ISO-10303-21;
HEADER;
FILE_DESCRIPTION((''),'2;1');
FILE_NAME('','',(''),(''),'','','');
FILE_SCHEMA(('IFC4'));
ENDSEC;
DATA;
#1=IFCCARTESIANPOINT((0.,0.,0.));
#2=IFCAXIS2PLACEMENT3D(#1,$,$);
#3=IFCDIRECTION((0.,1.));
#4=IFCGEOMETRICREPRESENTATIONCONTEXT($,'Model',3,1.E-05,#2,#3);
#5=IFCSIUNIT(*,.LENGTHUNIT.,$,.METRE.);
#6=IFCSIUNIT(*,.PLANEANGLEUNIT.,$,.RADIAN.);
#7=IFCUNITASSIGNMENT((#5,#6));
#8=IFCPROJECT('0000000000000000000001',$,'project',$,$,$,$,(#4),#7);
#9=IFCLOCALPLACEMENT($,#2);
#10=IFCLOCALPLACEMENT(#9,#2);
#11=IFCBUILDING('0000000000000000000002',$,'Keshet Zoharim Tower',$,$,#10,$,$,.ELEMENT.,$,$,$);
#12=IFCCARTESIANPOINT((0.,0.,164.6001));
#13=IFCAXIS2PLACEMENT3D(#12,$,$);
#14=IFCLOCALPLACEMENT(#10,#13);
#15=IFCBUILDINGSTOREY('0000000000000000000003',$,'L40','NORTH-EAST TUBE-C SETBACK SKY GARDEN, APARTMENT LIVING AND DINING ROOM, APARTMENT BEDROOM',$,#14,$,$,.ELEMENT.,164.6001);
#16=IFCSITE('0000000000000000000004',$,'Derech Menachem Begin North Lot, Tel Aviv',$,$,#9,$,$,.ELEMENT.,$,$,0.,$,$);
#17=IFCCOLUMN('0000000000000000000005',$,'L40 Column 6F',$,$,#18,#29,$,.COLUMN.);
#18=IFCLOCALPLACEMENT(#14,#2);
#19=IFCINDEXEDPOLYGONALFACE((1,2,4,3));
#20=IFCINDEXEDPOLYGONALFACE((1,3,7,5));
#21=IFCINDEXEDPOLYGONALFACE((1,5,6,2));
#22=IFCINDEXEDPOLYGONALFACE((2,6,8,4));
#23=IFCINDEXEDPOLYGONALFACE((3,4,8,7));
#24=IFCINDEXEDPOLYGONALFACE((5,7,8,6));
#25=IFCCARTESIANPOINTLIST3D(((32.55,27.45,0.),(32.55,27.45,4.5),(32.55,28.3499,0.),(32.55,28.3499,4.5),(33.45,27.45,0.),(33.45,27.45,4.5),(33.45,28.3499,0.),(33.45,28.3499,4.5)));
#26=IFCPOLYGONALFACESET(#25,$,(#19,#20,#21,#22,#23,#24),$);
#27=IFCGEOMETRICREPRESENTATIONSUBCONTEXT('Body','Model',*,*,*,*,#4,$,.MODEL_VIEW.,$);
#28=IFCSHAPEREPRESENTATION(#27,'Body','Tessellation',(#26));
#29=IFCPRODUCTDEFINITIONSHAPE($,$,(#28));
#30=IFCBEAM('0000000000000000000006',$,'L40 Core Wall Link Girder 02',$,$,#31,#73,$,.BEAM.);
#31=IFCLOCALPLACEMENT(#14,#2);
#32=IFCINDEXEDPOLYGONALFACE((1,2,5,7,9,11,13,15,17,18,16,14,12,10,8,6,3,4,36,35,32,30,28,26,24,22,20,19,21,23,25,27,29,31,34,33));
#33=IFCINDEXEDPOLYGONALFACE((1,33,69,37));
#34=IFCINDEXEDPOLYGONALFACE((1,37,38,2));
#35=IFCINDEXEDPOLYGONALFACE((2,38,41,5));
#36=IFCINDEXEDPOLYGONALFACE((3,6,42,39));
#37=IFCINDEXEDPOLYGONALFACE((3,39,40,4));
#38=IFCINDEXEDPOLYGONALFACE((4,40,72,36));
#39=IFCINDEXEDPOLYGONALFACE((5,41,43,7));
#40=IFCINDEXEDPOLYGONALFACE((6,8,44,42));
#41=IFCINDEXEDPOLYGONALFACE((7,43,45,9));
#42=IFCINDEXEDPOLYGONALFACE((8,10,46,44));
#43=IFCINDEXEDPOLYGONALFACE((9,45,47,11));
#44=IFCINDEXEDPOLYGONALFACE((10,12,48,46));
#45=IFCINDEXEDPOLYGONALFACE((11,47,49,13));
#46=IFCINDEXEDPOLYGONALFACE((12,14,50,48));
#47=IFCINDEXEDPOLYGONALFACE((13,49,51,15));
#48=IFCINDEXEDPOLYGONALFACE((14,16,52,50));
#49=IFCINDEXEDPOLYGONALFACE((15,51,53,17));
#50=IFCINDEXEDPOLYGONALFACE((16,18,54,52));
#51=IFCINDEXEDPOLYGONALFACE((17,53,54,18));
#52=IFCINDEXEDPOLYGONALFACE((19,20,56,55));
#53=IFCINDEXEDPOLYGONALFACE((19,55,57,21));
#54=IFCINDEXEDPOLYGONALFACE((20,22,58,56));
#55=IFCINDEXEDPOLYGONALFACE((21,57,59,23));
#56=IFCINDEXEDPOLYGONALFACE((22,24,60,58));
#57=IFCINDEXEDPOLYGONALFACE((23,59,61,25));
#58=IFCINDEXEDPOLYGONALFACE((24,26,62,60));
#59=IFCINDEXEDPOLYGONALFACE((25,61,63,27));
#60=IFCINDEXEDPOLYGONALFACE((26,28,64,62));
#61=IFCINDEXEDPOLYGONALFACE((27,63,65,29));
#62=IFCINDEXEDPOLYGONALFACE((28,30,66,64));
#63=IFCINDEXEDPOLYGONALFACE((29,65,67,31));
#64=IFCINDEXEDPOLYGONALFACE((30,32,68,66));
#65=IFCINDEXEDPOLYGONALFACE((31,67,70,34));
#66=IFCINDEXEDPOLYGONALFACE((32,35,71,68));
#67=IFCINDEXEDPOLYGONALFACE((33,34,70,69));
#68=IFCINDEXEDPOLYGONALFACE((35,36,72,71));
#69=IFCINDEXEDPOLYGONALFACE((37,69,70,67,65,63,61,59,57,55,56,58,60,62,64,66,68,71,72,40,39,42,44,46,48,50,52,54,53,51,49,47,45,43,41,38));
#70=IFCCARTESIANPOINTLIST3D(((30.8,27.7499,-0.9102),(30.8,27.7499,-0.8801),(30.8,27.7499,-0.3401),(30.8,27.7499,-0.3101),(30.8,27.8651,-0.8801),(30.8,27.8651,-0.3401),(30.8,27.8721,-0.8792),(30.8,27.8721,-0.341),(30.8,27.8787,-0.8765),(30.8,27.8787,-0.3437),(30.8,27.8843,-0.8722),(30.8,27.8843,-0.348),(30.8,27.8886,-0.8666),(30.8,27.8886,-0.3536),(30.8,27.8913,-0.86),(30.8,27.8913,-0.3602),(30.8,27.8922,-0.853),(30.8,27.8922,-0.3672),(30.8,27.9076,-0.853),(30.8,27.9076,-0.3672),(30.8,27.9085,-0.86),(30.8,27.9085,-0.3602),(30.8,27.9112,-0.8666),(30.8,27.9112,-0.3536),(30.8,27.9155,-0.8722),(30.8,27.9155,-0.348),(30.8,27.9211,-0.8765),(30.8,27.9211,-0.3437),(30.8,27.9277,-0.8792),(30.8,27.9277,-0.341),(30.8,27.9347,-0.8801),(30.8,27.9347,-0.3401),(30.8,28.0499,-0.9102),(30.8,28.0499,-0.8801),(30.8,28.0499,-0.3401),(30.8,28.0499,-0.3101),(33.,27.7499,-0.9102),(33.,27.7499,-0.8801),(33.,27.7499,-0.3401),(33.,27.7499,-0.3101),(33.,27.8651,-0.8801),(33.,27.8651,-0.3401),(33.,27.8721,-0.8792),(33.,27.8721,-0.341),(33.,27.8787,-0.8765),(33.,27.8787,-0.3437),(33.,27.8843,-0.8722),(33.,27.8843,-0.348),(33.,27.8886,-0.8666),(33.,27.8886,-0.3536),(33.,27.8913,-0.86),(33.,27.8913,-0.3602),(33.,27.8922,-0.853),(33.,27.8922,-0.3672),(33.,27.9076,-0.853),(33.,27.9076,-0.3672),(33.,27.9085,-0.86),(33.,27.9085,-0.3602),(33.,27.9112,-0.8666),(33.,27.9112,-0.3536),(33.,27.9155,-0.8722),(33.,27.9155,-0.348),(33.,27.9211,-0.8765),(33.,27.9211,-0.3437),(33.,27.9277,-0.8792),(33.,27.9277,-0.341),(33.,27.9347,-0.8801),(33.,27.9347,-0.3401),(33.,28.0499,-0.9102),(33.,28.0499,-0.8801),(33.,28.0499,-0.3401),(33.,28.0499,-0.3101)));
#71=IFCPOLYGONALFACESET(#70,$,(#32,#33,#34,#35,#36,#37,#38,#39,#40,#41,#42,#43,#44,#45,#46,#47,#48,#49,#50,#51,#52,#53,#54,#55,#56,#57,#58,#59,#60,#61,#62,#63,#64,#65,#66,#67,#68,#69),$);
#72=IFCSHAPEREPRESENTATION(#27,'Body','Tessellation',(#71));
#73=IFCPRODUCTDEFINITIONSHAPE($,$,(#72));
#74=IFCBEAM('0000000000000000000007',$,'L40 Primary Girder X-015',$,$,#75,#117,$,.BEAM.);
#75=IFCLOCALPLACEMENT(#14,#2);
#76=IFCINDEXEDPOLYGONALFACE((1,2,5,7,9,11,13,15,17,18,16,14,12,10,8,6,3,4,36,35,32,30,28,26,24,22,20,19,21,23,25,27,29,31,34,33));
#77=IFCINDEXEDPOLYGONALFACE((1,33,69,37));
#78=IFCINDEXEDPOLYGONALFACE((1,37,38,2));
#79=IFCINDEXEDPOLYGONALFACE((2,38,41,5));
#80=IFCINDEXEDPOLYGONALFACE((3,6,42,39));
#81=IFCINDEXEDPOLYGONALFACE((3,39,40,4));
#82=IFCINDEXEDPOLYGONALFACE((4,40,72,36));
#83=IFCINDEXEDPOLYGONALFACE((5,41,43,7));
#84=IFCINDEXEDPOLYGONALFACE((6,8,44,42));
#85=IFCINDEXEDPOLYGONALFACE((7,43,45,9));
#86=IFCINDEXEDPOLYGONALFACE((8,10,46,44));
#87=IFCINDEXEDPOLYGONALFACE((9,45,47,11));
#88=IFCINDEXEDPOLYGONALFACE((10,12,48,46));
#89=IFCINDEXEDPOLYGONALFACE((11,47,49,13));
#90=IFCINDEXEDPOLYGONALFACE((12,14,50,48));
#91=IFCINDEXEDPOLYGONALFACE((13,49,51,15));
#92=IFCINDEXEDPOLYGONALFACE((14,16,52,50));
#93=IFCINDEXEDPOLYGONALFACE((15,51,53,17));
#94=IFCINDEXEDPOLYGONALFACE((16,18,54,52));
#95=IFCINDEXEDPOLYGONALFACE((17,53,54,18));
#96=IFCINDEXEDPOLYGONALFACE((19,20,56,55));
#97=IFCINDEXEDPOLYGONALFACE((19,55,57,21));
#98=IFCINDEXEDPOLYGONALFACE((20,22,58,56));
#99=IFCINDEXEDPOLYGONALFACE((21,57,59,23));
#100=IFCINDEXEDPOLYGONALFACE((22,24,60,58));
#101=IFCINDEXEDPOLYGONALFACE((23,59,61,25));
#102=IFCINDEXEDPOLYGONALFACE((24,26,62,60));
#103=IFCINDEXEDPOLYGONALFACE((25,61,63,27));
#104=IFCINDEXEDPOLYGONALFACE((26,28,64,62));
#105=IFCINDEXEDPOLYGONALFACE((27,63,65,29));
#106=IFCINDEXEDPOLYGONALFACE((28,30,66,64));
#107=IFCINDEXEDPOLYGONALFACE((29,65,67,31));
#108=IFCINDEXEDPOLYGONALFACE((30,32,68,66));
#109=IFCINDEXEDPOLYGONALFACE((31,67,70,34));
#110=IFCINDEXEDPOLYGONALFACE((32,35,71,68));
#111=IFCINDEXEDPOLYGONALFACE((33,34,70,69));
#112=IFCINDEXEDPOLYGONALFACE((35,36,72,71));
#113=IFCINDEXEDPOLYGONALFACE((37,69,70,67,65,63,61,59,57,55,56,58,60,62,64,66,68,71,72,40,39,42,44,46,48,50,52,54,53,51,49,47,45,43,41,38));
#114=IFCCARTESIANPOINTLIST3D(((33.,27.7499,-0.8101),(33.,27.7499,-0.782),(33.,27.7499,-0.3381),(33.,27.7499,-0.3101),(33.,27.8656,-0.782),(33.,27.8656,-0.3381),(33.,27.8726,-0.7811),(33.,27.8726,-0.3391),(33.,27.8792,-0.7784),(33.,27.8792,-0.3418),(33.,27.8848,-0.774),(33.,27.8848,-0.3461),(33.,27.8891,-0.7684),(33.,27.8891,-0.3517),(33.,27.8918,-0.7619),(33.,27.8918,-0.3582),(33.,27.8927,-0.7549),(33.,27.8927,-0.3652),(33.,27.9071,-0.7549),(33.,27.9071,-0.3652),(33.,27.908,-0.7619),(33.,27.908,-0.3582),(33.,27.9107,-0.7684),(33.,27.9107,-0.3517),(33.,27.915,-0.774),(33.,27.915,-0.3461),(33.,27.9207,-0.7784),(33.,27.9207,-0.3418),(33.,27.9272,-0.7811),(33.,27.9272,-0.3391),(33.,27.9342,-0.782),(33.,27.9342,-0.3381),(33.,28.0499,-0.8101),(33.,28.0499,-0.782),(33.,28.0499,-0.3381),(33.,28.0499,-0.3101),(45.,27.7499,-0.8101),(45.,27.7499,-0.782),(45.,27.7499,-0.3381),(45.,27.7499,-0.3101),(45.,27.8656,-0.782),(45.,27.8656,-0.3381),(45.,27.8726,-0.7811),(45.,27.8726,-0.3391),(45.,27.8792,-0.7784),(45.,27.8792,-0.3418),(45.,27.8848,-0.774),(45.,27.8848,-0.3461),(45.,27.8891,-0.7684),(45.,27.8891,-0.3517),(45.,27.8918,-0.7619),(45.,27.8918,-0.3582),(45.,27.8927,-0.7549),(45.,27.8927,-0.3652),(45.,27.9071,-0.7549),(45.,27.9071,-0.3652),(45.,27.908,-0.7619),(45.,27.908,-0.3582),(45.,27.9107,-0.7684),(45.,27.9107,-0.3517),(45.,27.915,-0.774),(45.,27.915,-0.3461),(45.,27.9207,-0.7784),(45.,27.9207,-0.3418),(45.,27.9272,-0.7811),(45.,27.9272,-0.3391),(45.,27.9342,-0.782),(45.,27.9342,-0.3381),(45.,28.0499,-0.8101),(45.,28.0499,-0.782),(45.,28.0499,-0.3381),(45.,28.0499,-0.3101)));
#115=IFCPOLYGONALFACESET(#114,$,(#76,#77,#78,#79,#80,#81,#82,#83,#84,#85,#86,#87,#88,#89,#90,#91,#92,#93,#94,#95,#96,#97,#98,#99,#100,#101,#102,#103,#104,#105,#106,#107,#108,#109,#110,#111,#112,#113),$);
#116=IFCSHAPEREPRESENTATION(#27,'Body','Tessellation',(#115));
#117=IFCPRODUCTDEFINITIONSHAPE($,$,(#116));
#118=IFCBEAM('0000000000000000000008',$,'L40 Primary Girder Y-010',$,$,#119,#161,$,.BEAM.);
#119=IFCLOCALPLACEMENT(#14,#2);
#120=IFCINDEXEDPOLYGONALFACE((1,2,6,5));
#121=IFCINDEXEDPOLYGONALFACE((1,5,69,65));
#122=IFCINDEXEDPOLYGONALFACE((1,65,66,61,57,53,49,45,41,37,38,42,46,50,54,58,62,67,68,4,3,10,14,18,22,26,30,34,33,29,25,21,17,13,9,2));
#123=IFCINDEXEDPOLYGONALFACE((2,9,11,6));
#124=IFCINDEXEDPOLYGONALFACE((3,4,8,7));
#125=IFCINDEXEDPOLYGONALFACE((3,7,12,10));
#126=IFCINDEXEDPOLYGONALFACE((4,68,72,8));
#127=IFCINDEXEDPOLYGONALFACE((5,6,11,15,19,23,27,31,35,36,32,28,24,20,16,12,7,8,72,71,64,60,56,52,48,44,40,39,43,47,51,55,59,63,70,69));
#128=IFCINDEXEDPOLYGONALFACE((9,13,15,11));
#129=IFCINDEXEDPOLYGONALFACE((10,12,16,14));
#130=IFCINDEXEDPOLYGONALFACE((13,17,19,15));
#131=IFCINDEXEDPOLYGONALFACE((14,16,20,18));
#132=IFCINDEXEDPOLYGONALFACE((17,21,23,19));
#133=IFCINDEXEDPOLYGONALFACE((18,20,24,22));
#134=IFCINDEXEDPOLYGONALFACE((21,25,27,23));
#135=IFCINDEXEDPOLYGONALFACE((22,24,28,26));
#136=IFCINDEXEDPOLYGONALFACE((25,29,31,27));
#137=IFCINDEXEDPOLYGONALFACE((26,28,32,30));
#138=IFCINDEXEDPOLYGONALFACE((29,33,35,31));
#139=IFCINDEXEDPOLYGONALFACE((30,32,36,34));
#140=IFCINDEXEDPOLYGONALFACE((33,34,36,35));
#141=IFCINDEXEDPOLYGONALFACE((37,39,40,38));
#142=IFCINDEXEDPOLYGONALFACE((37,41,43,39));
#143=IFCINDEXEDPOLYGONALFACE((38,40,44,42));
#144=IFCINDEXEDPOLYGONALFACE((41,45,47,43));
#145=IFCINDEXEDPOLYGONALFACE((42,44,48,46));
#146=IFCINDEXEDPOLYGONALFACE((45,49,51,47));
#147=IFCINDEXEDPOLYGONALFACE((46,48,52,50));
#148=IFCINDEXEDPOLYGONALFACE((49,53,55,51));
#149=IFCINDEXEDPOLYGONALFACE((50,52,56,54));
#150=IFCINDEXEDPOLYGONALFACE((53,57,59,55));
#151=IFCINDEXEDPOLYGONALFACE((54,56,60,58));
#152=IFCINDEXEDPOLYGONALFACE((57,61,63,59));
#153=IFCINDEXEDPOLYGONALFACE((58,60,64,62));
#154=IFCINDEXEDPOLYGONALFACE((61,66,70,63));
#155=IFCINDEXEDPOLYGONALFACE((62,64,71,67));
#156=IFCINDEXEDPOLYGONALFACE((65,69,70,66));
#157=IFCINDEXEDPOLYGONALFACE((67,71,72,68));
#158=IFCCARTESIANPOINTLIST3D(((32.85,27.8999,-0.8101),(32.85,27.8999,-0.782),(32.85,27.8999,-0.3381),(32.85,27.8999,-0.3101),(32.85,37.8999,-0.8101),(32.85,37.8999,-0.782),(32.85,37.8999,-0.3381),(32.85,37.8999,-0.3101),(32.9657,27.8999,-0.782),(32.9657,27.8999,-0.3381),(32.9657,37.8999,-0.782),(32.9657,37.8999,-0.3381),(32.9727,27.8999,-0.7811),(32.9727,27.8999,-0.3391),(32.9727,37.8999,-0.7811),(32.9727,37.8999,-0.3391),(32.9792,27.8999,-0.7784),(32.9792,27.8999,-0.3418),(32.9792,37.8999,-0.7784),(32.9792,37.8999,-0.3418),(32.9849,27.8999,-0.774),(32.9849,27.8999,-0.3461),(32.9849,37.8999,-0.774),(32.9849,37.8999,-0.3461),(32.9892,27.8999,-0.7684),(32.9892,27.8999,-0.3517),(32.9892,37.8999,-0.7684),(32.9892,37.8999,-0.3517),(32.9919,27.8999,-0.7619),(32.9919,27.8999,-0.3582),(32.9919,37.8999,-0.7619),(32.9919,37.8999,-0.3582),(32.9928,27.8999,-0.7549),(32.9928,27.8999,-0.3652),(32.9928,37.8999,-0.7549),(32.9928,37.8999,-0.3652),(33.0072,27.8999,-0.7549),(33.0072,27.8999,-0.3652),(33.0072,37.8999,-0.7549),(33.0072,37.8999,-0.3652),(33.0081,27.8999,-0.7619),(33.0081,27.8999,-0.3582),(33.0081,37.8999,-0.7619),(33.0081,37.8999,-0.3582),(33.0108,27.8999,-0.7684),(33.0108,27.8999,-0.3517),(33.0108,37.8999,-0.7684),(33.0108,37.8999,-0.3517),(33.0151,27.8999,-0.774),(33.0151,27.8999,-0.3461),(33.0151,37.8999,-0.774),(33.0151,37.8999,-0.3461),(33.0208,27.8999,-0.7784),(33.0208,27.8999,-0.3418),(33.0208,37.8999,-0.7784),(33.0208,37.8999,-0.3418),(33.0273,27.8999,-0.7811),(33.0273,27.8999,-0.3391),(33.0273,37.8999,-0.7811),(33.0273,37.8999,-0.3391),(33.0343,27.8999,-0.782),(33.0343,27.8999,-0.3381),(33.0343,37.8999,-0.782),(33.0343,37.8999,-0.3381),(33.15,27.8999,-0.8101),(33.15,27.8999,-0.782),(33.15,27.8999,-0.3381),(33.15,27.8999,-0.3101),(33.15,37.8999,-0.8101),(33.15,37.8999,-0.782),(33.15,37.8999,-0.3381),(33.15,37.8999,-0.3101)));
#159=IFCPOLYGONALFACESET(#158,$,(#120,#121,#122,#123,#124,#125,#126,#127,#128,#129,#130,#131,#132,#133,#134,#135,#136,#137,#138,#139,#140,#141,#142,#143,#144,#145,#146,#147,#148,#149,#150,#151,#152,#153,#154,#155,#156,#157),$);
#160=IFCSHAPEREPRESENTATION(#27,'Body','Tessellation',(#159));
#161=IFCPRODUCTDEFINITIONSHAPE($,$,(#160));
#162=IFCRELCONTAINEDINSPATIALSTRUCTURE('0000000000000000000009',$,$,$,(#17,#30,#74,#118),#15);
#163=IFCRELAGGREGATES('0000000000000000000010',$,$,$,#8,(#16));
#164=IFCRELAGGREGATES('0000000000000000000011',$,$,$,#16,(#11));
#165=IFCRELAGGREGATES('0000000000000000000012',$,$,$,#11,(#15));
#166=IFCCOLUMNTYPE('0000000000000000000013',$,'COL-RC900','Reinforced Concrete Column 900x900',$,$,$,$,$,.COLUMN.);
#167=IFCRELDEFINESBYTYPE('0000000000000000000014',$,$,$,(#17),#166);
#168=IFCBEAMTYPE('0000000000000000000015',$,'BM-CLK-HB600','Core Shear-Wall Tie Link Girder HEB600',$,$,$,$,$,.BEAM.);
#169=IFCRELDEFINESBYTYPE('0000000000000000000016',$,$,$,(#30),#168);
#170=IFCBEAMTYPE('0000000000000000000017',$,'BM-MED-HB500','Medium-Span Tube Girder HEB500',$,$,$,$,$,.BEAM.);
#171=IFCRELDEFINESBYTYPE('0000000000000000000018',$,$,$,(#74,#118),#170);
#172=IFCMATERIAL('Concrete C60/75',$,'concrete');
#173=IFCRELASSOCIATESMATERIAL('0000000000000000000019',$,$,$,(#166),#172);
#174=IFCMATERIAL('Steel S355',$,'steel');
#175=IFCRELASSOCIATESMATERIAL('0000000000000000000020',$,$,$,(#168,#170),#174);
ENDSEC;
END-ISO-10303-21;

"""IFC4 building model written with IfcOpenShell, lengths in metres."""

from ifc_helpers import new_model, si_unit, direction, frame, origin, origin_2d, place, context, subcontext, project, spatial, rectangle, i_section, extrude, material, material_profile, profile_set, type_object, element, save


model = new_model("IFC4")

# Units and contexts
model_context = context("Model", 3, precision=1e-05, world=origin(), true_north=direction((0.0, 1.0)))
body_context = subcontext(model_context, "Body", "Model", "MODEL_VIEW")
ifc_project = project(units=[si_unit("LENGTHUNIT", "METRE"), si_unit("PLANEANGLEUNIT", "RADIAN")], contexts=[model_context])

# Site, building, storey
site_placement = place(None, origin())
site = spatial("IfcSite", under=ifc_project, at=site_placement, Name="Derech Menachem Begin North Lot, Tel Aviv", CompositionType="ELEMENT", RefElevation=0.0)
building_placement = place(site_placement, origin())
building = spatial("IfcBuilding", under=site, at=building_placement, Name="Keshet Zoharim Tower", CompositionType="ELEMENT")
storey_placement = place(building_placement, frame((0.0, 0.0, 164.6001)))
storey = spatial("IfcBuildingStorey", under=building, at=storey_placement, Name="L40", Description="NORTH-EAST TUBE-C SETBACK SKY GARDEN, APARTMENT LIVING AND DINING ROOM, APARTMENT BEDROOM", CompositionType="ELEMENT", Elevation=164.6001)

# Column
ifc_material_1 = material(Name="Concrete C60/75", Category="concrete")
ifc_material_profile_1 = material_profile(ifc_material_1, rectangle(XDim=0.8999, YDim=0.8999, at=origin_2d()), Name="RC900x900")
ifc_profile_set_1 = profile_set([ifc_material_profile_1], Name="Concrete C60/75")
column_type = type_object("IfcColumnType", Name="COL-RC900", Description="Reinforced Concrete Column 900x900", PredefinedType="COLUMN", material=ifc_profile_set_1)
column_placement = place(storey_placement, frame((33.0, 27.8999, 0.0), z_axis=(0.0, 0.0, 1.0), x_axis=(1.0, 0.0, 0.0)))
element("IfcColumn", 1, at=column_placement, inside=storey, type_object=column_type, Name="L40 Column 6F", PredefinedType="COLUMN", context=body_context, shape_type="SweptSolid", body=[
    extrude(rectangle(XDim=0.8999, YDim=0.8999, at=origin_2d()), origin(), (0.0, 0.0, 1.0), 4.5),
])

# Beams
ifc_material_2 = material(Name="Steel S355", Category="steel")
ifc_material_profile_2 = material_profile(ifc_material_2, i_section(OverallWidth=0.3, OverallDepth=0.6001, WebThickness=0.0154, FlangeThickness=0.03, FilletRadius=0.0271, at=origin_2d()), Name="HEB600")
ifc_profile_set_2 = profile_set([ifc_material_profile_2], Name="Steel S355")
beam_type_1 = type_object("IfcBeamType", Name="BM-CLK-HB600", Description="Core Shear-Wall Tie Link Girder HEB600", PredefinedType="BEAM", material=ifc_profile_set_2)
beam_1_placement = place(storey_placement, frame((30.8, 27.8999, -0.6101), z_axis=(1.0, 0.0, 0.0), x_axis=(0.0, 1.0, 0.0)))
element("IfcBeam", 2, at=beam_1_placement, inside=storey, type_object=beam_type_1, Name="L40 Core Wall Link Girder 02", PredefinedType="BEAM", context=body_context, shape_type="SweptSolid", body=[
    extrude(i_section(OverallWidth=0.3, OverallDepth=0.6001, WebThickness=0.0154, FlangeThickness=0.03, FilletRadius=0.0271, at=origin_2d()), origin(), (0.0, 0.0, 1.0), 2.2),
])
ifc_material_profile_3 = material_profile(ifc_material_2, i_section(OverallWidth=0.3, OverallDepth=0.5, WebThickness=0.0144, FlangeThickness=0.0281, FilletRadius=0.0271, at=origin_2d()), Name="HEB500")
ifc_profile_set_3 = profile_set([ifc_material_profile_3], Name="Steel S355")
beam_type_2 = type_object("IfcBeamType", Name="BM-MED-HB500", Description="Medium-Span Tube Girder HEB500", PredefinedType="BEAM", material=ifc_profile_set_3)
beam_2_placement = place(storey_placement, frame((33.0, 27.8999, -0.5601), z_axis=(1.0, 0.0, 0.0), x_axis=(0.0, 1.0, 0.0)))
element("IfcBeam", 3, at=beam_2_placement, inside=storey, type_object=beam_type_2, Name="L40 Primary Girder X-015", PredefinedType="BEAM", context=body_context, shape_type="SweptSolid", body=[
    extrude(i_section(OverallWidth=0.3, OverallDepth=0.5, WebThickness=0.0144, FlangeThickness=0.0281, FilletRadius=0.0271, at=origin_2d()), origin(), (0.0, 0.0, 1.0), 12.0),
])
beam_3_placement = place(storey_placement, frame((33.0, 27.8999, -0.5601), z_axis=(0.0, 1.0, 0.0), x_axis=(-1.0, 0.0, 0.0)))
element("IfcBeam", 4, at=beam_3_placement, inside=storey, type_object=beam_type_2, Name="L40 Primary Girder Y-010", PredefinedType="BEAM", context=body_context, shape_type="SweptSolid", body=[
    extrude(i_section(OverallWidth=0.3, OverallDepth=0.5, WebThickness=0.0144, FlangeThickness=0.0281, FilletRadius=0.0271, at=origin_2d()), origin(), (0.0, 0.0, 1.0), 10.0),
])

save(model, "model.ifc")
